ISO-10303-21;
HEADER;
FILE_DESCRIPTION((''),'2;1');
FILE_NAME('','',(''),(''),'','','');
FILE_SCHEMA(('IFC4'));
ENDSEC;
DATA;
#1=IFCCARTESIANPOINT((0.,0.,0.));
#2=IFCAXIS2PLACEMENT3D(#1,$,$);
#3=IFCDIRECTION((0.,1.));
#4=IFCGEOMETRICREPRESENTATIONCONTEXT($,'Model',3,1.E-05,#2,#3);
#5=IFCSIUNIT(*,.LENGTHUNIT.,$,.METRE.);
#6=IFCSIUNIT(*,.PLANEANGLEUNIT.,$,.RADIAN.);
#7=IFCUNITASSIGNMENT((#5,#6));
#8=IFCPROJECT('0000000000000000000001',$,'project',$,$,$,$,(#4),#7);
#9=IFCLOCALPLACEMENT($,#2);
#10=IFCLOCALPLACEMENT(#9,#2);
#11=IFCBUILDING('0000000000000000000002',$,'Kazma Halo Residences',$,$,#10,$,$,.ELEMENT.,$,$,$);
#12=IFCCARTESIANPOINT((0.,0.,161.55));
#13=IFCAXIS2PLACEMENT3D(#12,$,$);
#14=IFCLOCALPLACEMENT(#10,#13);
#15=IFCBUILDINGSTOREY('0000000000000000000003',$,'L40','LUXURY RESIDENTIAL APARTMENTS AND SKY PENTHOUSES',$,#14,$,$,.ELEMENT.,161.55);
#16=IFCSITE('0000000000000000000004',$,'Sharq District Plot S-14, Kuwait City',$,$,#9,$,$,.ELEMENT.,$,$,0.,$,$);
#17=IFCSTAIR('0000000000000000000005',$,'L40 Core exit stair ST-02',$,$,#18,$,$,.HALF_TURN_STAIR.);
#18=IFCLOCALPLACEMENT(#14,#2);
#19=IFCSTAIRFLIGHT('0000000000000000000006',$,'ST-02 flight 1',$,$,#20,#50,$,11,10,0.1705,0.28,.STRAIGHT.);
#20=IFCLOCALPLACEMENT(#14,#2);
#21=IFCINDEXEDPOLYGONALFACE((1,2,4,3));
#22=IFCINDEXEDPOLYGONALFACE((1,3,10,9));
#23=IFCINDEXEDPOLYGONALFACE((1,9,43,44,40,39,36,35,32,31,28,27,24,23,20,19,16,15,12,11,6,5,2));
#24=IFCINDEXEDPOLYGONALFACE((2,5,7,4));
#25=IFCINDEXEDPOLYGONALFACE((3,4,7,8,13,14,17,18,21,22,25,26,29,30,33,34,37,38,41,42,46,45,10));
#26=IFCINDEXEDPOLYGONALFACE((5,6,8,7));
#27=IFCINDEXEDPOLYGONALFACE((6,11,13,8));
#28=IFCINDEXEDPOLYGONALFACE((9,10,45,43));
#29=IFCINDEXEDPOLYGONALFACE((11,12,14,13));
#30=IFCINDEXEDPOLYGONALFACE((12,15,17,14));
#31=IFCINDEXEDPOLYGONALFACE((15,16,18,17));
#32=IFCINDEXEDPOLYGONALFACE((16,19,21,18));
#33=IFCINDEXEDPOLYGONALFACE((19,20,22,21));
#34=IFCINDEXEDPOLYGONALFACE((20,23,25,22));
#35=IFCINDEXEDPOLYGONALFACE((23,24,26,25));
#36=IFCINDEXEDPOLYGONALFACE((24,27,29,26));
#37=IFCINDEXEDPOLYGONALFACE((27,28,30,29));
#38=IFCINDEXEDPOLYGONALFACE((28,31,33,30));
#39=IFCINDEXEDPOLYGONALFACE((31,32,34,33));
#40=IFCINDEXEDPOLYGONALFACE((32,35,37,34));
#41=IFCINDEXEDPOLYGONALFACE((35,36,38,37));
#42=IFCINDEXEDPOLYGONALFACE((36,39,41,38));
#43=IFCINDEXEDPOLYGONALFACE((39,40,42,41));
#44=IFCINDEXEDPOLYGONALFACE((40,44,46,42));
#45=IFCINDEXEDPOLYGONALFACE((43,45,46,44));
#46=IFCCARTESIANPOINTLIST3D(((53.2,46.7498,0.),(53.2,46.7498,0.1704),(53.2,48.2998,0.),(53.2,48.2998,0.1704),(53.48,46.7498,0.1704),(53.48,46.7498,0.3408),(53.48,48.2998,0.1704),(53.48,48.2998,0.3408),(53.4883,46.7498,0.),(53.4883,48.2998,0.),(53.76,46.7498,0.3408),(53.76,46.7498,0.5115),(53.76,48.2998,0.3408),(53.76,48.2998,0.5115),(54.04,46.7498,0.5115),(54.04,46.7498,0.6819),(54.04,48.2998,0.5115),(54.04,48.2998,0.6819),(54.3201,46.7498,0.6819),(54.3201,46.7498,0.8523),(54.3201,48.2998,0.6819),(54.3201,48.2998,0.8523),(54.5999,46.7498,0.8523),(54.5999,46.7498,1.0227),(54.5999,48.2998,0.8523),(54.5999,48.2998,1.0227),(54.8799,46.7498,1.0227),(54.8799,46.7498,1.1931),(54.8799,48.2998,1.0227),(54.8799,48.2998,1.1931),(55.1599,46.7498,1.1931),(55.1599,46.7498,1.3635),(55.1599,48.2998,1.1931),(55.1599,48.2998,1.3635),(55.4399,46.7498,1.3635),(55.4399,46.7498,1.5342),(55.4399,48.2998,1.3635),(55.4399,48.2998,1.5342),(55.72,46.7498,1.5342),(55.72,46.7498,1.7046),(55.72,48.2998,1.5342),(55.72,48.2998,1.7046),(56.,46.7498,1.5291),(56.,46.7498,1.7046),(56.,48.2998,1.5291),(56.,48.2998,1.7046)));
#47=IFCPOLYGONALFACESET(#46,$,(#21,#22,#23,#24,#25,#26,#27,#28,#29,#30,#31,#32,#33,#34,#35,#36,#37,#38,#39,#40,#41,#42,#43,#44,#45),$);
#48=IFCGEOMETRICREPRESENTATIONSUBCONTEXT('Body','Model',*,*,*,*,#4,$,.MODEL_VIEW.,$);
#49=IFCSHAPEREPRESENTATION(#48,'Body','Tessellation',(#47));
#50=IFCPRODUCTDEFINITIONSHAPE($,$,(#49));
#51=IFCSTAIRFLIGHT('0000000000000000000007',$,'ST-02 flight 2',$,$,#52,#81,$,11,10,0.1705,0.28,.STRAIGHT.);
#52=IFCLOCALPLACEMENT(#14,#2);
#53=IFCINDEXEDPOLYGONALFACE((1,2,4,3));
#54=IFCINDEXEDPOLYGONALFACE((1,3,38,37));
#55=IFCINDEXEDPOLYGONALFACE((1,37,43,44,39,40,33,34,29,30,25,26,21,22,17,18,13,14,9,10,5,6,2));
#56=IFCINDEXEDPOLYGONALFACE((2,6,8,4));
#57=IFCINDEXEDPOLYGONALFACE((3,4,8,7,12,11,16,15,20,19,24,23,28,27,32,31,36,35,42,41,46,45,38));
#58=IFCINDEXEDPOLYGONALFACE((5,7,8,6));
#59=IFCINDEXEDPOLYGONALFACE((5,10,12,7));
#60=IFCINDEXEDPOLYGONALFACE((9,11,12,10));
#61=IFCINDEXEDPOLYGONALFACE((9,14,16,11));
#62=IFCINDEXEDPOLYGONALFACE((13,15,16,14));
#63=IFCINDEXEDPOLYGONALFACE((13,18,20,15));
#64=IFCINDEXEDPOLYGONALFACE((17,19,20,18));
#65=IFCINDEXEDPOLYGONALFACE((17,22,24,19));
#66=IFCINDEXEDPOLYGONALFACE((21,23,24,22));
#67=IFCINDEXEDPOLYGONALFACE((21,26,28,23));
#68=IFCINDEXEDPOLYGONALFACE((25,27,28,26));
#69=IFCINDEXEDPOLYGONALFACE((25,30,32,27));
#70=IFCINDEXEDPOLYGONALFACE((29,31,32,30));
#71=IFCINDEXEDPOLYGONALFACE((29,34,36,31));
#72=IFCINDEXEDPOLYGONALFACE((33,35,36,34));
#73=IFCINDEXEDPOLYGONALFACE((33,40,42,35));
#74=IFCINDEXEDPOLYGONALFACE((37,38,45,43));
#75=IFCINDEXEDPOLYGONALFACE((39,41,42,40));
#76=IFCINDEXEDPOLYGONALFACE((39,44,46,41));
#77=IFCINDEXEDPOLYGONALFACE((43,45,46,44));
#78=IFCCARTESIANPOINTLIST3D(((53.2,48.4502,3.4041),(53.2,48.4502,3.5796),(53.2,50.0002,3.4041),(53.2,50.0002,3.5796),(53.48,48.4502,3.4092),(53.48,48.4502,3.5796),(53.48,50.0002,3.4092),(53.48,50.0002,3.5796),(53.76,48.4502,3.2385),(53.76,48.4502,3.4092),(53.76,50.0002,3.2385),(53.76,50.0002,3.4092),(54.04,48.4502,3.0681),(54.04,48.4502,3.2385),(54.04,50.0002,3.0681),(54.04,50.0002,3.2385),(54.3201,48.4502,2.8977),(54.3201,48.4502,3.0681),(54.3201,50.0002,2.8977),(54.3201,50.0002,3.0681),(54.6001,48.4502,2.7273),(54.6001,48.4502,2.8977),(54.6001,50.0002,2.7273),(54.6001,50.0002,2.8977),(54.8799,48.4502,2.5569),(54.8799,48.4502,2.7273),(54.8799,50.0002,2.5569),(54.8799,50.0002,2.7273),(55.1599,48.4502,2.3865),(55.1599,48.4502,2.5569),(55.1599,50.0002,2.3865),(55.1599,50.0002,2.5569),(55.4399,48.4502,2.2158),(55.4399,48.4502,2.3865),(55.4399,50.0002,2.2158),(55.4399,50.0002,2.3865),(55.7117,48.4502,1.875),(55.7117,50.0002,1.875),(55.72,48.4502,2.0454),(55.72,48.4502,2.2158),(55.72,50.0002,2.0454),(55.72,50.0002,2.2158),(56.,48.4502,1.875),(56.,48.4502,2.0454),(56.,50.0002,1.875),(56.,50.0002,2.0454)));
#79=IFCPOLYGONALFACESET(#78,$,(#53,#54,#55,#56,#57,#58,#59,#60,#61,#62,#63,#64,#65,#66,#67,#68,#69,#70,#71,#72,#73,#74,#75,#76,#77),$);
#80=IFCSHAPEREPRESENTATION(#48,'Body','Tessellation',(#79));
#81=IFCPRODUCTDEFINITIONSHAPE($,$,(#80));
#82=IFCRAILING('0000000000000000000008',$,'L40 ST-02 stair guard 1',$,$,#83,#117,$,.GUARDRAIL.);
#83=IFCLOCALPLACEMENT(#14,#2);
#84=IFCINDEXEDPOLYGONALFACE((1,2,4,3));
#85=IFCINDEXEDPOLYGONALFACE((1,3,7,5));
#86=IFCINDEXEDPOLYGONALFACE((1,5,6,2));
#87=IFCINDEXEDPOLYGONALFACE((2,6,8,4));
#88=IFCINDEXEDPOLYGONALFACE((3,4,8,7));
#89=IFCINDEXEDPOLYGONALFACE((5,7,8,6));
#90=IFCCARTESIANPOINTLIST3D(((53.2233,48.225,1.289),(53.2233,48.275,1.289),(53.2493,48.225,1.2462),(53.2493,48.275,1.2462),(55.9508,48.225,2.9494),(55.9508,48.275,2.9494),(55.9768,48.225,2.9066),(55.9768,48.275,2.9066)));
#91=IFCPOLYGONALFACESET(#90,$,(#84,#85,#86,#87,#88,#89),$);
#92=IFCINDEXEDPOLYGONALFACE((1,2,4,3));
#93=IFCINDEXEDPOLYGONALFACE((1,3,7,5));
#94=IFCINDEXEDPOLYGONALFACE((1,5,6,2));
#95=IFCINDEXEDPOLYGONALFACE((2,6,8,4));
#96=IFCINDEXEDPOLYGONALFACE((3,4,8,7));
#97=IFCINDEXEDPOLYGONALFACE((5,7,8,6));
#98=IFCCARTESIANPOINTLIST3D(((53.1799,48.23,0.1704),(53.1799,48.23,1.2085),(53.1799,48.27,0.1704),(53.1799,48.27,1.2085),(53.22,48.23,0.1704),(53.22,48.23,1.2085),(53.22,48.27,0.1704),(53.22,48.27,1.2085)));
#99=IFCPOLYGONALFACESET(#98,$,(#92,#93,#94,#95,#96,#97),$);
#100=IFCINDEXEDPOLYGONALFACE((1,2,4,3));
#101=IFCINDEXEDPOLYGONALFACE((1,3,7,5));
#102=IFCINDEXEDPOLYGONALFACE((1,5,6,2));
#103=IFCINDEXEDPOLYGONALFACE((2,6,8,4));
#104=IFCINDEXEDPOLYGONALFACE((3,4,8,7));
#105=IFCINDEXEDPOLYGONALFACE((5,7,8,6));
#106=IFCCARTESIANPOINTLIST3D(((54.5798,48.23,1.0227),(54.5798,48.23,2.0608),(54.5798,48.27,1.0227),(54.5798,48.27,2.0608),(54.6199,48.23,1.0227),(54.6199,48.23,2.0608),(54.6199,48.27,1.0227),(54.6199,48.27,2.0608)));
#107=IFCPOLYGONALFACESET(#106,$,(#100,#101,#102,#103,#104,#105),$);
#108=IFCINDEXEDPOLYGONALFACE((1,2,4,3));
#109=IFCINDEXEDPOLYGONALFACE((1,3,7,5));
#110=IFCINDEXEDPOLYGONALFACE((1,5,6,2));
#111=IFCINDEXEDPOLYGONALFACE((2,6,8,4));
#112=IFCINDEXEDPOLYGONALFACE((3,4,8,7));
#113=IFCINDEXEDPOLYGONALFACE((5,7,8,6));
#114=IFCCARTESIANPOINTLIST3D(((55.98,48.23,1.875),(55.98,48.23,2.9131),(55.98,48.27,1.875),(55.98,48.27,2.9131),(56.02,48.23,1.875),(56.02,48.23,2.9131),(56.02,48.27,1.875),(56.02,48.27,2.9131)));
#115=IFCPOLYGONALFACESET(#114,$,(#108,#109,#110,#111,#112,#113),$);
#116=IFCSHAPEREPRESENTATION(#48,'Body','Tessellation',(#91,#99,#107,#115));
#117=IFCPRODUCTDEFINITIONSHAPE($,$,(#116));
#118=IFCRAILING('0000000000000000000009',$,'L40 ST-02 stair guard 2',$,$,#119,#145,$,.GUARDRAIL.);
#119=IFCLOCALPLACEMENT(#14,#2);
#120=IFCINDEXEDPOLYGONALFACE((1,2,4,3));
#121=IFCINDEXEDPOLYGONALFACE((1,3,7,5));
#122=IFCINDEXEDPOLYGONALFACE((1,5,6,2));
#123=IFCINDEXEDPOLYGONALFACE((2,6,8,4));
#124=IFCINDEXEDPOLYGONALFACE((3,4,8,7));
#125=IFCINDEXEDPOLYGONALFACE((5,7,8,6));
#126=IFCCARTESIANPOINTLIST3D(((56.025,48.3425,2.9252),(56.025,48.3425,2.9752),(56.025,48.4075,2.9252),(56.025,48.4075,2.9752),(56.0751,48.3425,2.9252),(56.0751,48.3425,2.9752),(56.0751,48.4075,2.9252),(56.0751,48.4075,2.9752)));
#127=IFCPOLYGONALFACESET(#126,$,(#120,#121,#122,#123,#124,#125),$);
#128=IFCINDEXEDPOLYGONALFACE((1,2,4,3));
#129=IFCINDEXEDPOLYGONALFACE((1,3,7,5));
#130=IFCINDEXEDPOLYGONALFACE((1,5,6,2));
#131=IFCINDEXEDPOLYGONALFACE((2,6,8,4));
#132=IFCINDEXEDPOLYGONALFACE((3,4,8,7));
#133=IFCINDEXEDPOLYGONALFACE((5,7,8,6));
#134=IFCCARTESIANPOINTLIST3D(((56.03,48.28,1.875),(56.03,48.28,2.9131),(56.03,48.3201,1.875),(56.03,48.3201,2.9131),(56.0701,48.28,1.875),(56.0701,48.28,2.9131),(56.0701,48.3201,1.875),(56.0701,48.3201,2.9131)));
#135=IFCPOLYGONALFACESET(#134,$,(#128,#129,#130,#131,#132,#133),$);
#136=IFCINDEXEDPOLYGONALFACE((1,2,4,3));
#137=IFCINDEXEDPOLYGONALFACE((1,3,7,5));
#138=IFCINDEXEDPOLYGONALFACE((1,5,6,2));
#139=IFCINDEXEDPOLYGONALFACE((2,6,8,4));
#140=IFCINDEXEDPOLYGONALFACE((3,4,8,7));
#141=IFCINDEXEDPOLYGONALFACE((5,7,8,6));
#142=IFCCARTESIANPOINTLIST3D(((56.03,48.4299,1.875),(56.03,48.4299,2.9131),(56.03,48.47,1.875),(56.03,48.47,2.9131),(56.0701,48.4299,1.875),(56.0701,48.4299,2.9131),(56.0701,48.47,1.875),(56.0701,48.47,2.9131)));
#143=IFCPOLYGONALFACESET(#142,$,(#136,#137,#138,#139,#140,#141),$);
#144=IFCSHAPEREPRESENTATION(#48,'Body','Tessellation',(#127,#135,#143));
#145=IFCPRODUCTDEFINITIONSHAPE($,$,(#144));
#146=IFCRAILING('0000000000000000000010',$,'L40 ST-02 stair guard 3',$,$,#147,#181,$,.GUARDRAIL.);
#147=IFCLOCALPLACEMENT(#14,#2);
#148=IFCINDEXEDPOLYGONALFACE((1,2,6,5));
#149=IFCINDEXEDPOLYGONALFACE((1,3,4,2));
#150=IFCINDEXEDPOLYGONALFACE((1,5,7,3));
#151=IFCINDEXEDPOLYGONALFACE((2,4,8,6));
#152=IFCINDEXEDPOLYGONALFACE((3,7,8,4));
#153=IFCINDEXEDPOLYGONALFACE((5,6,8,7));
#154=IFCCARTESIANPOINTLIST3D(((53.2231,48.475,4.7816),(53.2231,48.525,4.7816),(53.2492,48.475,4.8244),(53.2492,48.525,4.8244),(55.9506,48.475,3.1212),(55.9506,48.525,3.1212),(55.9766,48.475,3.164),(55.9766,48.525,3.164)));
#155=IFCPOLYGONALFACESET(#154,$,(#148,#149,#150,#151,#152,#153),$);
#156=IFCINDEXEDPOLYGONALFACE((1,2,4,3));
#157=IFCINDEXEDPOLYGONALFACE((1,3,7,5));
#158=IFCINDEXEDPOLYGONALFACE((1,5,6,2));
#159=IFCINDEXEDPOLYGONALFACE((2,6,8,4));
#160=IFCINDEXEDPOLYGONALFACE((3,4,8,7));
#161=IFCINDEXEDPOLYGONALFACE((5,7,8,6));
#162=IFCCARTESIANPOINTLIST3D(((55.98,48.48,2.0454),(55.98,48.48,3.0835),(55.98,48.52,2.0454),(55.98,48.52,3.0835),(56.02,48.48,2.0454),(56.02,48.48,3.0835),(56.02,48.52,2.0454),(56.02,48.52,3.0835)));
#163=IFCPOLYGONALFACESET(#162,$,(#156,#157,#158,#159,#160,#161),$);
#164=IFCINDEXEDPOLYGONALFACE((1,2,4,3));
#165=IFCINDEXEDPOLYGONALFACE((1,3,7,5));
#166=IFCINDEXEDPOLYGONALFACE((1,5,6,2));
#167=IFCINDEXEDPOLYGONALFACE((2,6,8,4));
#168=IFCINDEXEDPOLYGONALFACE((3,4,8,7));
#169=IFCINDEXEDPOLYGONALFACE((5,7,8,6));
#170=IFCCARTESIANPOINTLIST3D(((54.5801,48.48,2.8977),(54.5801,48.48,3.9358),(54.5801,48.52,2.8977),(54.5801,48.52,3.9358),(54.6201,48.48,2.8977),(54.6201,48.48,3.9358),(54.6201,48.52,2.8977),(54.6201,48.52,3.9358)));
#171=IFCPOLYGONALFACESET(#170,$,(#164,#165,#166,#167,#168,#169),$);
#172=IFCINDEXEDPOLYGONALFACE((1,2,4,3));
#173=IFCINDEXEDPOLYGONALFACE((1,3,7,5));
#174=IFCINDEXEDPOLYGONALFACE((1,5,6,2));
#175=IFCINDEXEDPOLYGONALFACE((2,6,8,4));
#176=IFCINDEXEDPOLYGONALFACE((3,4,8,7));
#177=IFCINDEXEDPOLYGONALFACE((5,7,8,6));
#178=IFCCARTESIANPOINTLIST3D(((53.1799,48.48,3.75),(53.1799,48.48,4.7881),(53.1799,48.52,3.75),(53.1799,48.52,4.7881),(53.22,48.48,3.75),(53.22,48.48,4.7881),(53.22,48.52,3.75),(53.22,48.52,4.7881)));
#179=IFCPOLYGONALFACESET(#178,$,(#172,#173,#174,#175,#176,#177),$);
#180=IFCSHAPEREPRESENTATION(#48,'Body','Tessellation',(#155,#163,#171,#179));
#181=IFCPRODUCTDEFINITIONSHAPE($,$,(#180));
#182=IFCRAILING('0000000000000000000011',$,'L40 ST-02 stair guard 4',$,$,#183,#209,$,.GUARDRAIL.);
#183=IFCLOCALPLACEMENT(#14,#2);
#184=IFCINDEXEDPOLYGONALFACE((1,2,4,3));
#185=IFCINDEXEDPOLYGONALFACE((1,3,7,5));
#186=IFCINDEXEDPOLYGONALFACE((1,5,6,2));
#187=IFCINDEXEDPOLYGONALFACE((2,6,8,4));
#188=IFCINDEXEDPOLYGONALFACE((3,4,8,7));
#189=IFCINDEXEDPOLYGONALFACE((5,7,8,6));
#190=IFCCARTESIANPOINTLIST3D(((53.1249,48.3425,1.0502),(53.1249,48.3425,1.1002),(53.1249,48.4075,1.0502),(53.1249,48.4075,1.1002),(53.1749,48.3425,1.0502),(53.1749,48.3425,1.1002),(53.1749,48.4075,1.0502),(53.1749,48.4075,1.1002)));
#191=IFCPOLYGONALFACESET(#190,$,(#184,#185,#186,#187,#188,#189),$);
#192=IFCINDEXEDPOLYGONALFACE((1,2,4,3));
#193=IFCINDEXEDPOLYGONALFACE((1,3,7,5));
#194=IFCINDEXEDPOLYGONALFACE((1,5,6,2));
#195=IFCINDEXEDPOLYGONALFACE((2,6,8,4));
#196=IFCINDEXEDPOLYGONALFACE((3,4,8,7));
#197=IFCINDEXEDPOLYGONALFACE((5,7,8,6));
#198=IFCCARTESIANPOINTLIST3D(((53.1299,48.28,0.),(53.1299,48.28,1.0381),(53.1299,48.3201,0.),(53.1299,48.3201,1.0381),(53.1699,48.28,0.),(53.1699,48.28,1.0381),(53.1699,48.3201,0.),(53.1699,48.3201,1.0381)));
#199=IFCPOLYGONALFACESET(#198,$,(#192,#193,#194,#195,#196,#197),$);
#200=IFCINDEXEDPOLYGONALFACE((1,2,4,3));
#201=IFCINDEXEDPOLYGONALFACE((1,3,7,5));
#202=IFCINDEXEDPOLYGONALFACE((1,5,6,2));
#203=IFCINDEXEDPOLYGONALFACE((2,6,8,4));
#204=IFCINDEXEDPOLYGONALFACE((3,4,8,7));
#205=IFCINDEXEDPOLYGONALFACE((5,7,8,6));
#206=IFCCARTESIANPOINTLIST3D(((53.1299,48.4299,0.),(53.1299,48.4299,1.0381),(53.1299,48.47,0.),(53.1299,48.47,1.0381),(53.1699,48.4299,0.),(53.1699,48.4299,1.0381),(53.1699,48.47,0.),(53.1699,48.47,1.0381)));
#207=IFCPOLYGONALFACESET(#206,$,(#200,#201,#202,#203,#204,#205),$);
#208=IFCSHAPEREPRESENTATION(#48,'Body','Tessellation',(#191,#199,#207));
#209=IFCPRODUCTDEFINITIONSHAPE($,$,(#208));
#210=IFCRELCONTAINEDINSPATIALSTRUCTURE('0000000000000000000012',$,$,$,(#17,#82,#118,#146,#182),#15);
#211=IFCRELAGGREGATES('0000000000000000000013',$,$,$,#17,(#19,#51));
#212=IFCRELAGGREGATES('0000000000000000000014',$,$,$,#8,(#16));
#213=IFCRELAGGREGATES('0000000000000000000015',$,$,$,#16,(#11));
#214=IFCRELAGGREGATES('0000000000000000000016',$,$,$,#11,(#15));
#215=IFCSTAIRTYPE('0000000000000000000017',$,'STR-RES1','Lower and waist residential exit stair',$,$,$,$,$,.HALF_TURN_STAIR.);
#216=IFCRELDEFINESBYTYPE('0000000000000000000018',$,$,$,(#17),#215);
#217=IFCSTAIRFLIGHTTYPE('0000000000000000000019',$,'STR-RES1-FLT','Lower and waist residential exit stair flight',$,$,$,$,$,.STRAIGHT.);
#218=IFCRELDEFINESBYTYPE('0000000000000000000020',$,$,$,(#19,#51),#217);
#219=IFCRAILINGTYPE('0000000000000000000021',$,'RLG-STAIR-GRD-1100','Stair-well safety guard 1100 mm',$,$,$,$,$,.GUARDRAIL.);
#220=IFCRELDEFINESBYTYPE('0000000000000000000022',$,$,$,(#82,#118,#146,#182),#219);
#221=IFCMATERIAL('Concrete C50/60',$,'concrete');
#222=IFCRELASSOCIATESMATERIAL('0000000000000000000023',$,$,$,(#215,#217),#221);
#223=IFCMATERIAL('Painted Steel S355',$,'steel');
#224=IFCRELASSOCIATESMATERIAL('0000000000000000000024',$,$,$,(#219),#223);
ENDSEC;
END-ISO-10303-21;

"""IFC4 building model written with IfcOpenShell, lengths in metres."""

from ifc_helpers import new_model, si_unit, direction, frame, origin, origin_2d, place, context, subcontext, project, spatial, polyline, rectangle, outline, extrude, material, type_object, element, aggregate, save


model = new_model("IFC4")

# Units and contexts
model_context = context("Model", 3, precision=1e-05, world=origin(), true_north=direction((0.0, 1.0)))
body_context = subcontext(model_context, "Body", "Model", "MODEL_VIEW")
ifc_project = project(units=[si_unit("LENGTHUNIT", "METRE"), si_unit("PLANEANGLEUNIT", "RADIAN")], contexts=[model_context])

# Site, building, storey
site_placement = place(None, origin())
site = spatial("IfcSite", under=ifc_project, at=site_placement, Name="Sharq District Plot S-14, Kuwait City", CompositionType="ELEMENT", RefElevation=0.0)
building_placement = place(site_placement, origin())
building = spatial("IfcBuilding", under=site, at=building_placement, Name="Kazma Halo Residences", CompositionType="ELEMENT")
storey_placement = place(building_placement, frame((0.0, 0.0, 161.55)))
storey = spatial("IfcBuildingStorey", under=building, at=storey_placement, Name="L40", Description="LUXURY RESIDENTIAL APARTMENTS AND SKY PENTHOUSES", CompositionType="ELEMENT", Elevation=161.55)

# Shared definitions
ifc_material_1 = material(Name="Concrete C50/60", Category="concrete")

# Stair, stair flights
stair_type = type_object("IfcStairType", Name="STR-RES1", Description="Lower and waist residential exit stair", PredefinedType="HALF_TURN_STAIR", material=ifc_material_1)
stair_placement = place(storey_placement, origin())
stair = element("IfcStair", 1, at=stair_placement, inside=storey, type_object=stair_type, Name="L40 Core exit stair ST-02", PredefinedType="HALF_TURN_STAIR")
stair_flight_type = type_object("IfcStairFlightType", Name="STR-RES1-FLT", Description="Lower and waist residential exit stair flight", PredefinedType="STRAIGHT", material=ifc_material_1)
stair_flight_1_placement = place(storey_placement, frame((53.2, 47.5249, 0.0), z_axis=(0.0, 0.0, 1.0), x_axis=(1.0, 0.0, 0.0)))
stair_flight_1 = element("IfcStairFlight", 2, at=stair_flight_1_placement, type_object=stair_flight_type, Name="ST-02 flight 1", NumberOfRisers=11, NumberOfTreads=10, PredefinedType="STRAIGHT", RiserHeight=0.1705, TreadLength=0.28, context=body_context, shape_type="SweptSolid", body=[
    extrude(outline(polyline([(0.0, 0.0), (0.0, 0.1704), (0.28, 0.1704), (0.28, 0.3408), (0.5601, 0.3408), (0.5601, 0.5115), (0.8401, 0.5115), (0.8401, 0.6819), (1.1201, 0.6819), (1.1201, 0.8523), (1.3999, 0.8523), (1.3999, 1.0227), (1.6799, 1.0227), (1.6799, 1.1931), (1.96, 1.1931), (1.96, 1.3635), (2.24, 1.3635), (2.24, 1.5342), (2.52, 1.5342), (2.52, 1.7046), (2.8, 1.7046), (2.8, 1.875), (2.8, 1.5291), (0.2883, 0.0), (0.0, 0.0)])), frame((0.0, 0.7749, 0.0), z_axis=(0.0, -1.0, 0.0), x_axis=(1.0, 0.0, 0.0)), (0.0, 0.0, 1.0), 1.55),
])
stair_flight_2_placement = place(storey_placement, frame((56.0, 49.2251, 1.875), z_axis=(0.0, 0.0, 1.0), x_axis=(-1.0, 0.0, 0.0)))
stair_flight_2 = element("IfcStairFlight", 3, at=stair_flight_2_placement, type_object=stair_flight_type, Name="ST-02 flight 2", NumberOfRisers=11, NumberOfTreads=10, PredefinedType="STRAIGHT", RiserHeight=0.1705, TreadLength=0.28, context=body_context, shape_type="SweptSolid", body=[
    extrude(outline(polyline([(0.0, 0.0), (0.0, 0.1704), (0.28, 0.1704), (0.28, 0.3408), (0.5601, 0.3408), (0.5601, 0.5115), (0.8401, 0.5115), (0.8401, 0.6819), (1.1201, 0.6819), (1.1201, 0.8523), (1.3999, 0.8523), (1.3999, 1.0227), (1.6799, 1.0227), (1.6799, 1.1931), (1.96, 1.1931), (1.96, 1.3635), (2.24, 1.3635), (2.24, 1.5342), (2.52, 1.5342), (2.52, 1.7046), (2.8, 1.7046), (2.8, 1.875), (2.8, 1.5291), (0.2883, 0.0), (0.0, 0.0)])), frame((0.0, 0.7749, 0.0), z_axis=(0.0, -1.0, 0.0), x_axis=(1.0, 0.0, 0.0)), (0.0, 0.0, 1.0), 1.55),
])
aggregate(stair, [stair_flight_1, stair_flight_2])

# Railings
ifc_material_2 = material(Name="Painted Steel S355", Category="steel")
railing_type_1 = type_object("IfcRailingType", Name="RLG-STAIR-GRD-1100", Description="Stair-well safety guard 1100 mm", PredefinedType="GUARDRAIL", material=ifc_material_2)
railing_1_placement = place(storey_placement, frame((53.2, 48.25, 0.1704)))
element("IfcRailing", 4, at=railing_1_placement, inside=storey, type_object=railing_type_1, Name="L40 ST-02 stair guard 1", PredefinedType="GUARDRAIL", context=body_context, shape_type="SweptSolid", body=[
    extrude(rectangle(XDim=0.05, YDim=0.05, at=origin_2d()), frame((0.0364, 0.0, 1.0972), z_axis=(0.85417, 0.0, 0.519994), x_axis=(0.0, 1.0, 0.0)), (0.0, 0.0, 1.0), 3.1931),
    extrude(rectangle(XDim=0.04, YDim=0.04, at=origin_2d()), origin(), (0.0, 0.0, 1.0), 1.0381),
    extrude(rectangle(XDim=0.04, YDim=0.04, at=origin_2d()), frame((1.3999, 0.0, 0.8523)), (0.0, 0.0, 1.0), 1.0381),
    extrude(rectangle(XDim=0.04, YDim=0.04, at=origin_2d()), frame((2.8, 0.0, 1.7046)), (0.0, 0.0, 1.0), 1.0381),
])
railing_2_placement = place(storey_placement, frame((56.05, 48.3, 1.875)))
element("IfcRailing", 5, at=railing_2_placement, inside=storey, type_object=railing_type_1, Name="L40 ST-02 stair guard 2", PredefinedType="GUARDRAIL", context=body_context, shape_type="SweptSolid", body=[
    extrude(rectangle(XDim=0.05, YDim=0.05, at=origin_2d()), frame((0.0, 0.0425, 1.0752), z_axis=(0.0, 1.0, 0.0), x_axis=(-1.0, 0.0, 0.0)), (0.0, 0.0, 1.0), 0.0649),
    extrude(rectangle(XDim=0.04, YDim=0.04, at=origin_2d()), origin(), (0.0, 0.0, 1.0), 1.0381),
    extrude(rectangle(XDim=0.04, YDim=0.04, at=origin_2d()), frame((0.0, 0.1499, 0.0)), (0.0, 0.0, 1.0), 1.0381),
])
railing_3_placement = place(storey_placement, frame((56.0, 48.5, 2.0454)))
element("IfcRailing", 6, at=railing_3_placement, inside=storey, type_object=railing_type_1, Name="L40 ST-02 stair guard 3", PredefinedType="GUARDRAIL", context=body_context, shape_type="SweptSolid", body=[
    extrude(rectangle(XDim=0.05, YDim=0.05, at=origin_2d()), frame((-0.0364, 0.0, 1.0972), z_axis=(-0.85417, 0.0, 0.519994), x_axis=(0.0, -1.0, 0.0)), (0.0, 0.0, 1.0), 3.1931),
    extrude(rectangle(XDim=0.04, YDim=0.04, at=origin_2d()), origin(), (0.0, 0.0, 1.0), 1.0381),
    extrude(rectangle(XDim=0.04, YDim=0.04, at=origin_2d()), frame((-1.3999, 0.0, 0.8523)), (0.0, 0.0, 1.0), 1.0381),
    extrude(rectangle(XDim=0.04, YDim=0.04, at=origin_2d()), frame((-2.8, 0.0, 1.7046)), (0.0, 0.0, 1.0), 1.0381),
])
railing_4_placement = place(storey_placement, frame((53.1499, 48.3, 0.0)))
element("IfcRailing", 7, at=railing_4_placement, inside=storey, type_object=railing_type_1, Name="L40 ST-02 stair guard 4", PredefinedType="GUARDRAIL", context=body_context, shape_type="SweptSolid", body=[
    extrude(rectangle(XDim=0.05, YDim=0.05, at=origin_2d()), frame((0.0, 0.0425, 1.0752), z_axis=(0.0, 1.0, 0.0), x_axis=(-1.0, 0.0, 0.0)), (0.0, 0.0, 1.0), 0.0649),
    extrude(rectangle(XDim=0.04, YDim=0.04, at=origin_2d()), origin(), (0.0, 0.0, 1.0), 1.0381),
    extrude(rectangle(XDim=0.04, YDim=0.04, at=origin_2d()), frame((0.0, 0.1499, 0.0)), (0.0, 0.0, 1.0), 1.0381),
])

save(model, "model.ifc")
